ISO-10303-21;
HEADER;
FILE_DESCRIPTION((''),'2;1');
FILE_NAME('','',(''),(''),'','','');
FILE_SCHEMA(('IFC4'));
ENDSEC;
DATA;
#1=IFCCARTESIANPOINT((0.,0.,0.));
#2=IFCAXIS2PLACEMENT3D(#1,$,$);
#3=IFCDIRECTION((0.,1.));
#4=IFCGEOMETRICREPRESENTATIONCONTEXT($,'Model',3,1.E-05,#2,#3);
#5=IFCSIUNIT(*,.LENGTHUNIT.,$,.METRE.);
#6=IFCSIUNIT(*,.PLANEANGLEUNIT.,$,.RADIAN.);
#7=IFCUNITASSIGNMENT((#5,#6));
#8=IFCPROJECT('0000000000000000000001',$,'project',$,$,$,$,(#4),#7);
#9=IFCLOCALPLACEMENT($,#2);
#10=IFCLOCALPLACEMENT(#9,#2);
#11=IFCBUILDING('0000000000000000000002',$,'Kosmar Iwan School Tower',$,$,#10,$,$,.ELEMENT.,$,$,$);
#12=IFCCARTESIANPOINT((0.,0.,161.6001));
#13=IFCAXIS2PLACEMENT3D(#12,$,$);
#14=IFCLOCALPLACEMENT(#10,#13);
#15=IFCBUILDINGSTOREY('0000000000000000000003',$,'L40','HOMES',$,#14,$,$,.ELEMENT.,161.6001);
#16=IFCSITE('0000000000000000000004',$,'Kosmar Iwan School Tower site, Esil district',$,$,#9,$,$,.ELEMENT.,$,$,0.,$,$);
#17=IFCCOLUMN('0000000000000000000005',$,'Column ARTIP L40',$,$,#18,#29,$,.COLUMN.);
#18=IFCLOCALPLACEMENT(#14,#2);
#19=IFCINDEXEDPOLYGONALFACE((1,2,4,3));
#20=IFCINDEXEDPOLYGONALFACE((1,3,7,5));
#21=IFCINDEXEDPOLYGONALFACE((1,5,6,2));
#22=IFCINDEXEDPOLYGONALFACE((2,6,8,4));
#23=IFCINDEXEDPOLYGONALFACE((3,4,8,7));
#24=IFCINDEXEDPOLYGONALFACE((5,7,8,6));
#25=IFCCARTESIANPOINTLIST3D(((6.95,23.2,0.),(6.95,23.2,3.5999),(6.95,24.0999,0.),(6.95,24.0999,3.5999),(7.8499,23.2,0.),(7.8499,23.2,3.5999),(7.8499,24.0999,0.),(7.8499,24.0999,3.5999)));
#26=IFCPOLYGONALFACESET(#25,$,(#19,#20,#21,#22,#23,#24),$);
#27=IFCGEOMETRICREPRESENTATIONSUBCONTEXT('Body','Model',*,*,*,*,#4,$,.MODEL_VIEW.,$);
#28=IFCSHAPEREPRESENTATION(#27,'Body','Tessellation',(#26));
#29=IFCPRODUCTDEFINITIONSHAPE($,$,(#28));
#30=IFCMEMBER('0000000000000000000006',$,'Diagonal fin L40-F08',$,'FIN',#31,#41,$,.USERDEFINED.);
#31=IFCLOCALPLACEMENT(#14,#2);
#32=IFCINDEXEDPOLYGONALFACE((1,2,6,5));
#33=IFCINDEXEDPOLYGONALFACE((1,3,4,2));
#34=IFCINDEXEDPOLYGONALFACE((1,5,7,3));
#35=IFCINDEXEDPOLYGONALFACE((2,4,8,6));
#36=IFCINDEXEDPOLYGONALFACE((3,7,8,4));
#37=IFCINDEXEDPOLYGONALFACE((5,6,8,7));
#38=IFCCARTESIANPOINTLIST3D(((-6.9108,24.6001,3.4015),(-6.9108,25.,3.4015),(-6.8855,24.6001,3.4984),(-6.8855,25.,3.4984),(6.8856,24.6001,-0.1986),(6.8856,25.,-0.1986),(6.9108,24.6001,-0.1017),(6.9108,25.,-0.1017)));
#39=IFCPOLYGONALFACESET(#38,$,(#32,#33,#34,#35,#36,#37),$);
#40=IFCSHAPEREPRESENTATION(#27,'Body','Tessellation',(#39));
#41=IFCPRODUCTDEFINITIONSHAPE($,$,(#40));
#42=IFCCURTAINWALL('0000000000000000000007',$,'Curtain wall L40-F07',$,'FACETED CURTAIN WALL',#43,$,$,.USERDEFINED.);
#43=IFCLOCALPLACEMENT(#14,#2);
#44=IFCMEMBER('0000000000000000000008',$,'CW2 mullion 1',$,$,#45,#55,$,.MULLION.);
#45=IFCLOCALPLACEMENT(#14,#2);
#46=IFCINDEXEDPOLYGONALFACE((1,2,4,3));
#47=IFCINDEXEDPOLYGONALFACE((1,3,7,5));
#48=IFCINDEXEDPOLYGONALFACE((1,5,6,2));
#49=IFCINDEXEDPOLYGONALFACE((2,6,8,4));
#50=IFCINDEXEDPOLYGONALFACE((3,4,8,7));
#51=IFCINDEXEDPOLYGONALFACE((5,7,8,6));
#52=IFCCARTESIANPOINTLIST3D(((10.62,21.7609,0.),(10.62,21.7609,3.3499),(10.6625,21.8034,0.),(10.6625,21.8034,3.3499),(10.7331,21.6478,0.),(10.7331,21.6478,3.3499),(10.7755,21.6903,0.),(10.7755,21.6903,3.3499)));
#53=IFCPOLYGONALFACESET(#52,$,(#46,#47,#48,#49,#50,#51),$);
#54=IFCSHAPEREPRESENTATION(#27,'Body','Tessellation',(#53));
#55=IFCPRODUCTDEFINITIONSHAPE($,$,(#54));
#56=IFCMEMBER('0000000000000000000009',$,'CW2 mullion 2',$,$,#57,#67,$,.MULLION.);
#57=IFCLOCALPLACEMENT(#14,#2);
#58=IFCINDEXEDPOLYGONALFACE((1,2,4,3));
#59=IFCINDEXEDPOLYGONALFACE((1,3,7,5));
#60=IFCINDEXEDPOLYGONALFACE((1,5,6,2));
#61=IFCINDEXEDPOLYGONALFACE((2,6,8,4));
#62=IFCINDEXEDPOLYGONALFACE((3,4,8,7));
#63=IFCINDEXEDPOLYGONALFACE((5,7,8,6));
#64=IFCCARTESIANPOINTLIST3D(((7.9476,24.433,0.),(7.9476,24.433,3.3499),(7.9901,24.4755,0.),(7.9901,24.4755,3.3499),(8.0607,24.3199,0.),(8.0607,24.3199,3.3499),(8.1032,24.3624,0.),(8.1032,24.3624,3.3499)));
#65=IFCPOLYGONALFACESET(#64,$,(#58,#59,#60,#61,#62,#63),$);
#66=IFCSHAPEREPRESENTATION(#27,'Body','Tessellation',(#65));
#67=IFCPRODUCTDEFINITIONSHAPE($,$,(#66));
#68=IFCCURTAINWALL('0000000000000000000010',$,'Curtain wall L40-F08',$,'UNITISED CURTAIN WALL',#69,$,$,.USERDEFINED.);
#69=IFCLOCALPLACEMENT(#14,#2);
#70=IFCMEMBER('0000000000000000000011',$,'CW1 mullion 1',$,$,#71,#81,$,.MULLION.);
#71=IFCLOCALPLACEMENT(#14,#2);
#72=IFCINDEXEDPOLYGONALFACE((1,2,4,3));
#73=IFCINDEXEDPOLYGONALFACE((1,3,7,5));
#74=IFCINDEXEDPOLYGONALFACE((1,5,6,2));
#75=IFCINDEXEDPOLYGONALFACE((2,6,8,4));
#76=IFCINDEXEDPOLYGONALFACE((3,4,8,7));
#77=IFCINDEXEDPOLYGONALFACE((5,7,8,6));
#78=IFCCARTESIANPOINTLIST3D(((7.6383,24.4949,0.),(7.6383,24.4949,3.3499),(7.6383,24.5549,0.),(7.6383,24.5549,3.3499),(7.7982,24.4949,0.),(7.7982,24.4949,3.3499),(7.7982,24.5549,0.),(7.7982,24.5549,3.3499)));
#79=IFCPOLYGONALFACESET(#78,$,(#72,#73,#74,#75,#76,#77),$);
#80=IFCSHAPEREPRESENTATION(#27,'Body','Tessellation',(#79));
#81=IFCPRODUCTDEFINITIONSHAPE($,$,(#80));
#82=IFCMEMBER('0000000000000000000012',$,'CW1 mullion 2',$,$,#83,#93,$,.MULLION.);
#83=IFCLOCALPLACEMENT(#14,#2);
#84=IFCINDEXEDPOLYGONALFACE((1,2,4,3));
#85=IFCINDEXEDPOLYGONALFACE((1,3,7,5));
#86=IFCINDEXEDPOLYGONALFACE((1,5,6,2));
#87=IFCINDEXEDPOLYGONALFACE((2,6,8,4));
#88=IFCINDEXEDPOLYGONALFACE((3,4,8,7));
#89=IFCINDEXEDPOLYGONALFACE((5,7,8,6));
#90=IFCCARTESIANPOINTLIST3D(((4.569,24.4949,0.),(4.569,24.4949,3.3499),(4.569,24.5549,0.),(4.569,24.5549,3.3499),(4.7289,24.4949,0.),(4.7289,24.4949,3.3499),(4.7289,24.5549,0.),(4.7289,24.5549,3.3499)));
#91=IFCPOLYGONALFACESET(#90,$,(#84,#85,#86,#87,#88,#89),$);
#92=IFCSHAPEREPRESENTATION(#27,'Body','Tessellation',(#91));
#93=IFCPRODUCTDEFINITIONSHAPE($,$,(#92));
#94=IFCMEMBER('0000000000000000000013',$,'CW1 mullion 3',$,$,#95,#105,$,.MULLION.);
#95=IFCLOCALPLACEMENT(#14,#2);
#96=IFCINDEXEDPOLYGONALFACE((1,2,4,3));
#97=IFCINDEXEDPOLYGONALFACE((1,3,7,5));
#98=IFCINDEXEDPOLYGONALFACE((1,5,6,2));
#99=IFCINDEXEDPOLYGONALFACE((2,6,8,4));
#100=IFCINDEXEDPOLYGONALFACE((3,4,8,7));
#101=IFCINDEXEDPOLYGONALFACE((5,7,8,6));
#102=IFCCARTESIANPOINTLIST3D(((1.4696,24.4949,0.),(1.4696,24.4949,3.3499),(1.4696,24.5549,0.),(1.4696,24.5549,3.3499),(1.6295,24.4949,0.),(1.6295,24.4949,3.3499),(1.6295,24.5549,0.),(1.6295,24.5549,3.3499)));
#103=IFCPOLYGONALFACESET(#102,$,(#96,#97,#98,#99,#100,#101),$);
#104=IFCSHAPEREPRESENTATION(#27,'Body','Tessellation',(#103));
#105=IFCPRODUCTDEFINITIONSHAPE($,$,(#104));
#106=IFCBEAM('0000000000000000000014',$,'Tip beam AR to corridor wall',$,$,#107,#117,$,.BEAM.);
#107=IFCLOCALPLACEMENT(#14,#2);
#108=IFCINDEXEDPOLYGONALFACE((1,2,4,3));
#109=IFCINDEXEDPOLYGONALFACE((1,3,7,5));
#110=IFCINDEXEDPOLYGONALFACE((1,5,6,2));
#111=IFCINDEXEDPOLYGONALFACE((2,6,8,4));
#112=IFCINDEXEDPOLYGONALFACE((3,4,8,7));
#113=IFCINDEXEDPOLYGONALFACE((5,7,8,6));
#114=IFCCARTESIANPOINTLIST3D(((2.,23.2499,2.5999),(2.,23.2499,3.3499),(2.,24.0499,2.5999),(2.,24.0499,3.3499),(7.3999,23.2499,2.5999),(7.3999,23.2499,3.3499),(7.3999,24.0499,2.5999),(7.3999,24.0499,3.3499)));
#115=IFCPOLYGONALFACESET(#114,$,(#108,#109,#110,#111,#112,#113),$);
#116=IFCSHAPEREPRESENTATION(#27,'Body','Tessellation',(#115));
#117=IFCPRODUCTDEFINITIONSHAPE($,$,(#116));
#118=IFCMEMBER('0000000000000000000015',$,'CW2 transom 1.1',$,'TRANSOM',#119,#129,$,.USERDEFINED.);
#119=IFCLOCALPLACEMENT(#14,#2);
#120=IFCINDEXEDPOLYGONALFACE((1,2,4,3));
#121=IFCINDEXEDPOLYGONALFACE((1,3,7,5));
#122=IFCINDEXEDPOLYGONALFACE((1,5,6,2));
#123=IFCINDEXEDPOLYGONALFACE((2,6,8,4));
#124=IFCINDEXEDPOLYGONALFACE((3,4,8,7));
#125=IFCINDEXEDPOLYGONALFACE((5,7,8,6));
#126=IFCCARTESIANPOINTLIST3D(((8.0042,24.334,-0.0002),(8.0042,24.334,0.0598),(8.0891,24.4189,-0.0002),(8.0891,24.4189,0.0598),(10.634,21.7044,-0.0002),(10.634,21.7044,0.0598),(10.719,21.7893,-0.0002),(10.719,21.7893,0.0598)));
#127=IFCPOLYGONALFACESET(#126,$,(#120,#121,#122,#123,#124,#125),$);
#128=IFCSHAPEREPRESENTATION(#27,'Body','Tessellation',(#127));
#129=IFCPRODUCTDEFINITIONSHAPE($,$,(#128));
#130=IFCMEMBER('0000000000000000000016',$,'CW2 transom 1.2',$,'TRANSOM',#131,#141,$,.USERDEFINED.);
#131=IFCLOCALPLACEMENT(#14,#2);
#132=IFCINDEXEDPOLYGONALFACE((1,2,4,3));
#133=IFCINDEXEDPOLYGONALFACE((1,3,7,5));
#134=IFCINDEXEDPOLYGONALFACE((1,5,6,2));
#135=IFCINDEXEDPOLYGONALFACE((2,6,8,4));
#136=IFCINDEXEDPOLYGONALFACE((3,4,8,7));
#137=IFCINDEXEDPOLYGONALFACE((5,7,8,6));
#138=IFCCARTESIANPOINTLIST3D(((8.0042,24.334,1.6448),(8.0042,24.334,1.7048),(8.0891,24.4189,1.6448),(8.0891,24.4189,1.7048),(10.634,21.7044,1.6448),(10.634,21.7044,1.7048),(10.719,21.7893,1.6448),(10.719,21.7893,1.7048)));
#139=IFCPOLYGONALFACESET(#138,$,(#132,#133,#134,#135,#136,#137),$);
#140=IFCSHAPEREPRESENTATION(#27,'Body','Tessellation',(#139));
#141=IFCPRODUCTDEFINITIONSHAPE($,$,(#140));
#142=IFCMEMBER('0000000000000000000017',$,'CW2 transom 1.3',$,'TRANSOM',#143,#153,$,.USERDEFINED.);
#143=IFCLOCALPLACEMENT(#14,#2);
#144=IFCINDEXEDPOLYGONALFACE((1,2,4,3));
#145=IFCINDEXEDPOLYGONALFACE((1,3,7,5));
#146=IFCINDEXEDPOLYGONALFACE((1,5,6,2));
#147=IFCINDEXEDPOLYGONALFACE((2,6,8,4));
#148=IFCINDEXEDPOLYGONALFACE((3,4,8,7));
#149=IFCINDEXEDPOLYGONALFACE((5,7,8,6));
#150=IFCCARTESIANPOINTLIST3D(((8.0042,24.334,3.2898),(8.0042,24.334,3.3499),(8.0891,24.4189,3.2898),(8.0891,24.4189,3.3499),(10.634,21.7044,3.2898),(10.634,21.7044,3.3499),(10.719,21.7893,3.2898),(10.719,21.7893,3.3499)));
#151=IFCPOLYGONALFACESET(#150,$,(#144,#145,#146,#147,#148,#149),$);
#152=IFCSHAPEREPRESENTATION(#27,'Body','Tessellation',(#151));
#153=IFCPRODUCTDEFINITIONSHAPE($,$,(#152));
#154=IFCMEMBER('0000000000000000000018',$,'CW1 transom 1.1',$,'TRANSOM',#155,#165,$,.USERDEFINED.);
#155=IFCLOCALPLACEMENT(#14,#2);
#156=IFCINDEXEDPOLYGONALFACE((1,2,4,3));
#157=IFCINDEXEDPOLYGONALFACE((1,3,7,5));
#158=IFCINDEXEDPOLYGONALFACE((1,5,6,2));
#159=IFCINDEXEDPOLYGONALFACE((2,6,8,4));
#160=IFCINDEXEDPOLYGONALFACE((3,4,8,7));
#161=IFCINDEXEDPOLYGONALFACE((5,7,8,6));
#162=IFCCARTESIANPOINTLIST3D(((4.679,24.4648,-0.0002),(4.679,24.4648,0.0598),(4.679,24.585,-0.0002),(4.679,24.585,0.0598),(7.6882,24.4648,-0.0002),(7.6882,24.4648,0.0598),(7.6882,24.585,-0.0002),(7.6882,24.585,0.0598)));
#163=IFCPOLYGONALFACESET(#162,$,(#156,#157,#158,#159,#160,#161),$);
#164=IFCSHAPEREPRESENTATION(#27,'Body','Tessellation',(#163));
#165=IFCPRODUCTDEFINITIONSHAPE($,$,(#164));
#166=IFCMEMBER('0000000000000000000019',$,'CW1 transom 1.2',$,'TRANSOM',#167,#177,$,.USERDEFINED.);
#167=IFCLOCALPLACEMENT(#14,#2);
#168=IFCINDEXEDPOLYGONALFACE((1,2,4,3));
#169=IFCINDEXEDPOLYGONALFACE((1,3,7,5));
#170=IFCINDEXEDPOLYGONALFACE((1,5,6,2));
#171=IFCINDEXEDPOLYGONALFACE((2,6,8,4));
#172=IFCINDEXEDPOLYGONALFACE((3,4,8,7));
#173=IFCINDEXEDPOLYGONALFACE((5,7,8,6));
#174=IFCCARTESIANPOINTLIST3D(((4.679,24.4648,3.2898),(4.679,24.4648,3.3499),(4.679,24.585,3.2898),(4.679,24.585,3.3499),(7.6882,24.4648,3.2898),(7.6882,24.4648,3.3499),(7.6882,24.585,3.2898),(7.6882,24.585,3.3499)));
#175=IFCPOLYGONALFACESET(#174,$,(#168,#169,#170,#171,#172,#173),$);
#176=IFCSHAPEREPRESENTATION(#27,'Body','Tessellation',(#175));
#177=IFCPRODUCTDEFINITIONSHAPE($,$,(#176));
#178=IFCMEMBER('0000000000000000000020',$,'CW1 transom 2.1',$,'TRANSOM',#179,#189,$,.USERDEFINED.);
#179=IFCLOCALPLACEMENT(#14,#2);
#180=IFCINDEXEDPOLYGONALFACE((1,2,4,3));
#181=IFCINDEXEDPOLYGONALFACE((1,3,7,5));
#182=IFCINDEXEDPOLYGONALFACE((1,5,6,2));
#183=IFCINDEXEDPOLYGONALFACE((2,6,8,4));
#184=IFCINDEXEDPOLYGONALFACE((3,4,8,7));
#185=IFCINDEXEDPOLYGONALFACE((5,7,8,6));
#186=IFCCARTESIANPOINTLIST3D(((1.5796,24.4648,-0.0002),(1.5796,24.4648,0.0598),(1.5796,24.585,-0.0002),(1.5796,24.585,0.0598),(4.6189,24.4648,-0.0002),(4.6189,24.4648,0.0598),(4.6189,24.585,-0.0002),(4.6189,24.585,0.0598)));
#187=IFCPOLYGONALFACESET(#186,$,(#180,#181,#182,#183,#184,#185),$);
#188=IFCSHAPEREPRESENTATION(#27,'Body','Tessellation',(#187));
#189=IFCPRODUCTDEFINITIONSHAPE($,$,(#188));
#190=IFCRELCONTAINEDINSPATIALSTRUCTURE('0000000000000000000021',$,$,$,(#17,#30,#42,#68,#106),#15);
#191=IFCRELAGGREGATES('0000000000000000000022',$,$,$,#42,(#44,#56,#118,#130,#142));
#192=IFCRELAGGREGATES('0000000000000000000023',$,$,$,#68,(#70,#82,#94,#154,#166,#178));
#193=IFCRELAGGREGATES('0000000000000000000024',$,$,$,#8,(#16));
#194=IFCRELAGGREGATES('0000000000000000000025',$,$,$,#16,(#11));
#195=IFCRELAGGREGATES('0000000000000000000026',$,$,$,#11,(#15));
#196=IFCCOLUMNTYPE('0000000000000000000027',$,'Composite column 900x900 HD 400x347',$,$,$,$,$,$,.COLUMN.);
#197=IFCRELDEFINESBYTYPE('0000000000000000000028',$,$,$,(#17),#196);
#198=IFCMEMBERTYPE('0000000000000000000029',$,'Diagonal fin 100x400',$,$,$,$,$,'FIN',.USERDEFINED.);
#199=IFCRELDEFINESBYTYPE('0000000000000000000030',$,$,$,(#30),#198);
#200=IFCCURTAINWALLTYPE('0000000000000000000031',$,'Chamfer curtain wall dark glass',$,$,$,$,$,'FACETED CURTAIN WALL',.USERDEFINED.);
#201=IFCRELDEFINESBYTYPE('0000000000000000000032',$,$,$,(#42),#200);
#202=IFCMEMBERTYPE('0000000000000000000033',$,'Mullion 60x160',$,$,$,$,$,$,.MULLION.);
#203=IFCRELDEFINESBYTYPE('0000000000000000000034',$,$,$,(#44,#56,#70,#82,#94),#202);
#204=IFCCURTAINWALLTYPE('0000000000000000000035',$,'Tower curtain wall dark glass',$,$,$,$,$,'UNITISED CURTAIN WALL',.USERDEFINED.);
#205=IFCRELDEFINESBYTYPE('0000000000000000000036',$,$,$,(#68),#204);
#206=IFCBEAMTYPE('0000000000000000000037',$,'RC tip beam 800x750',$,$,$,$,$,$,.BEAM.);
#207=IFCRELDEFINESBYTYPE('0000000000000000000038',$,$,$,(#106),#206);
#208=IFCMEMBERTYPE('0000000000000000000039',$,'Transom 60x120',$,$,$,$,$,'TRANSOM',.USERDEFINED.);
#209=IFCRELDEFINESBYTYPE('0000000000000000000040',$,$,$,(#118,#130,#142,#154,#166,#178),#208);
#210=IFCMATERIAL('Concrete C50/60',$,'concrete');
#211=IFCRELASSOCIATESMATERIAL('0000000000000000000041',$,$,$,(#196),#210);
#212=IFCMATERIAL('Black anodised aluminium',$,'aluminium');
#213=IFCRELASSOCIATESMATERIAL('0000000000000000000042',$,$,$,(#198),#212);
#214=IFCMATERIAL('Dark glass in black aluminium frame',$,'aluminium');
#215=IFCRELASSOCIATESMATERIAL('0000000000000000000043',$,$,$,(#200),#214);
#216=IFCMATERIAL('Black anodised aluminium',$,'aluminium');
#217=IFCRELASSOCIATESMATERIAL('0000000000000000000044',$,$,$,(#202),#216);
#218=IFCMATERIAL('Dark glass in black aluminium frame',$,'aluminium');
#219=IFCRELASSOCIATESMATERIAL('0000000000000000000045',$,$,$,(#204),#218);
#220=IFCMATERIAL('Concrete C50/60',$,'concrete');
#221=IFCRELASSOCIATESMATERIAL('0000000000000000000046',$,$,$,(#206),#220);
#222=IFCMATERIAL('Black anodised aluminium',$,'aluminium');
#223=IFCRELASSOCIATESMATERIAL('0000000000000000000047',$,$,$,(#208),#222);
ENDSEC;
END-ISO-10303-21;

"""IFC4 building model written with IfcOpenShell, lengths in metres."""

from ifc_helpers import new_model, si_unit, direction, frame, origin, origin_2d, place, context, subcontext, project, spatial, rectangle, extrude, material, material_profile, profile_set, type_object, element, aggregate, save


model = new_model("IFC4")

# Units and contexts
model_context = context("Model", 3, precision=1e-05, world=origin(), true_north=direction((0.0, 1.0)))
body_context = subcontext(model_context, "Body", "Model", "MODEL_VIEW")
ifc_project = project(units=[si_unit("LENGTHUNIT", "METRE"), si_unit("PLANEANGLEUNIT", "RADIAN")], contexts=[model_context])

# Site, building, storey
site_placement = place(None, origin())
site = spatial("IfcSite", under=ifc_project, at=site_placement, Name="Kosmar Iwan School Tower site, Esil district", CompositionType="ELEMENT", RefElevation=0.0)
building_placement = place(site_placement, origin())
building = spatial("IfcBuilding", under=site, at=building_placement, Name="Kosmar Iwan School Tower", CompositionType="ELEMENT")
storey_placement = place(building_placement, frame((0.0, 0.0, 161.6001)))
storey = spatial("IfcBuildingStorey", under=building, at=storey_placement, Name="L40", Description="HOMES", CompositionType="ELEMENT", Elevation=161.6001)

# Column
ifc_material_1 = material(Name="Concrete C50/60", Category="concrete")
ifc_material_profile_1 = material_profile(ifc_material_1, rectangle(XDim=0.8999, YDim=0.8999, at=origin_2d()), Name="RC 900x900 + HD 400x347")
ifc_profile_set_1 = profile_set([ifc_material_profile_1], Name="Concrete C50/60")
column_type = type_object("IfcColumnType", Name="Composite column 900x900 HD 400x347", PredefinedType="COLUMN", material=ifc_profile_set_1)
column_placement = place(storey_placement, frame((7.3999, 23.6499, 0.0), z_axis=(0.0, 0.0, 1.0), x_axis=(0.0, 1.0, 0.0)))
element("IfcColumn", 1, at=column_placement, inside=storey, type_object=column_type, Name="Column ARTIP L40", PredefinedType="COLUMN", context=body_context, shape_type="SweptSolid", body=[
    extrude(rectangle(XDim=0.8999, YDim=0.8999, at=origin_2d()), origin(), (0.0, 0.0, 1.0), 3.5999),
])

# Member
ifc_material_2 = material(Name="Black anodised aluminium", Category="aluminium")
ifc_material_profile_2 = material_profile(ifc_material_2, rectangle(XDim=0.1001, YDim=0.3999, at=origin_2d()), Name="FIN 100x400")
ifc_profile_set_2 = profile_set([ifc_material_profile_2], Name="Black anodised aluminium")
member_type_1 = type_object("IfcMemberType", Name="Diagonal fin 100x400", ElementType="FIN", PredefinedType="USERDEFINED", material=ifc_profile_set_2)
member_1_placement = place(storey_placement, frame((6.8982, 24.8, -0.1501), z_axis=(-0.967599, 0.0, 0.25249), x_axis=(0.25249, 0.0, 0.967599)))
element("IfcMember", 2, at=member_1_placement, inside=storey, type_object=member_type_1, Name="Diagonal fin L40-F08", ObjectType="FIN", PredefinedType="USERDEFINED", context=body_context, shape_type="SweptSolid", body=[
    extrude(rectangle(XDim=0.1001, YDim=0.3999, at=origin_2d()), origin(), (0.0, 0.0, 1.0), 14.2583),
])

# Curtain walls, members
ifc_material_3 = material(Name="Dark glass in black aluminium frame", Category="aluminium")
curtain_wall_type_1 = type_object("IfcCurtainWallType", Name="Chamfer curtain wall dark glass", ElementType="FACETED CURTAIN WALL", PredefinedType="USERDEFINED", material=ifc_material_3)
curtain_wall_1_placement = place(storey_placement, origin())
curtain_wall_1 = element("IfcCurtainWall", 3, at=curtain_wall_1_placement, inside=storey, type_object=curtain_wall_type_1, Name="Curtain wall L40-F07", ObjectType="FACETED CURTAIN WALL", PredefinedType="USERDEFINED")
ifc_material_4 = material(Name="Black anodised aluminium", Category="aluminium")
ifc_material_profile_3 = material_profile(ifc_material_4, rectangle(XDim=0.0601, YDim=0.1599, at=origin_2d()), Name="MULLION 60x160")
ifc_profile_set_3 = profile_set([ifc_material_profile_3], Name="Black anodised aluminium")
member_type_2 = type_object("IfcMemberType", Name="Mullion 60x160", PredefinedType="MULLION", material=ifc_profile_set_3)
member_2_placement = place(storey_placement, frame((10.6978, 21.7256, 0.0), z_axis=(0.0, 0.0, 1.0), x_axis=(-0.707107, -0.707107, 0.0)))
member_2 = element("IfcMember", 4, at=member_2_placement, type_object=member_type_2, Name="CW2 mullion 1", PredefinedType="MULLION", context=body_context, shape_type="SweptSolid", body=[
    extrude(rectangle(XDim=0.0601, YDim=0.1599, at=origin_2d()), origin(), (0.0, 0.0, 1.0), 3.3499),
])
member_3_placement = place(storey_placement, frame((8.0254, 24.3977, 0.0), z_axis=(0.0, 0.0, 1.0), x_axis=(-0.707107, -0.707107, 0.0)))
member_3 = element("IfcMember", 5, at=member_3_placement, type_object=member_type_2, Name="CW2 mullion 2", PredefinedType="MULLION", context=body_context, shape_type="SweptSolid", body=[
    extrude(rectangle(XDim=0.0601, YDim=0.1599, at=origin_2d()), origin(), (0.0, 0.0, 1.0), 3.3499),
])
ifc_material_5 = material(Name="Dark glass in black aluminium frame", Category="aluminium")
curtain_wall_type_2 = type_object("IfcCurtainWallType", Name="Tower curtain wall dark glass", ElementType="UNITISED CURTAIN WALL", PredefinedType="USERDEFINED", material=ifc_material_5)
curtain_wall_2_placement = place(storey_placement, origin())
curtain_wall_2 = element("IfcCurtainWall", 6, at=curtain_wall_2_placement, inside=storey, type_object=curtain_wall_type_2, Name="Curtain wall L40-F08", ObjectType="UNITISED CURTAIN WALL", PredefinedType="USERDEFINED")
member_4_placement = place(storey_placement, frame((7.7183, 24.5249, 0.0), z_axis=(0.0, 0.0, 1.0), x_axis=(0.0, -1.0, 0.0)))
member_4 = element("IfcMember", 7, at=member_4_placement, type_object=member_type_2, Name="CW1 mullion 1", PredefinedType="MULLION", context=body_context, shape_type="SweptSolid", body=[
    extrude(rectangle(XDim=0.0601, YDim=0.1599, at=origin_2d()), origin(), (0.0, 0.0, 1.0), 3.3499),
])
member_5_placement = place(storey_placement, frame((4.6489, 24.5249, 0.0), z_axis=(0.0, 0.0, 1.0), x_axis=(0.0, -1.0, 0.0)))
member_5 = element("IfcMember", 8, at=member_5_placement, type_object=member_type_2, Name="CW1 mullion 2", PredefinedType="MULLION", context=body_context, shape_type="SweptSolid", body=[
    extrude(rectangle(XDim=0.0601, YDim=0.1599, at=origin_2d()), origin(), (0.0, 0.0, 1.0), 3.3499),
])
member_6_placement = place(storey_placement, frame((1.5496, 24.5249, 0.0), z_axis=(0.0, 0.0, 1.0), x_axis=(0.0, -1.0, 0.0)))
member_6 = element("IfcMember", 9, at=member_6_placement, type_object=member_type_2, Name="CW1 mullion 3", PredefinedType="MULLION", context=body_context, shape_type="SweptSolid", body=[
    extrude(rectangle(XDim=0.0601, YDim=0.1599, at=origin_2d()), origin(), (0.0, 0.0, 1.0), 3.3499),
])

# Beam
ifc_material_6 = material(Name="Concrete C50/60", Category="concrete")
ifc_material_profile_4 = material_profile(ifc_material_6, rectangle(XDim=0.8, YDim=0.75, at=origin_2d()), Name="RC 800x750")
ifc_profile_set_4 = profile_set([ifc_material_profile_4], Name="Concrete C50/60")
beam_type = type_object("IfcBeamType", Name="RC tip beam 800x750", PredefinedType="BEAM", material=ifc_profile_set_4)
beam_placement = place(storey_placement, frame((7.3999, 23.6499, 2.9749), z_axis=(-1.0, 0.0, 0.0), x_axis=(0.0, -1.0, 0.0)))
element("IfcBeam", 10, at=beam_placement, inside=storey, type_object=beam_type, Name="Tip beam AR to corridor wall", PredefinedType="BEAM", context=body_context, shape_type="SweptSolid", body=[
    extrude(rectangle(XDim=0.8, YDim=0.75, at=origin_2d()), origin(), (0.0, 0.0, 1.0), 5.3999),
])

# Members
ifc_material_7 = material(Name="Black anodised aluminium", Category="aluminium")
ifc_material_profile_5 = material_profile(ifc_material_7, rectangle(XDim=0.1201, YDim=0.0601, at=origin_2d()), Name="TRANSOM 60x120")
ifc_profile_set_5 = profile_set([ifc_material_profile_5], Name="Black anodised aluminium")
member_type_3 = type_object("IfcMemberType", Name="Transom 60x120", ElementType="TRANSOM", PredefinedType="USERDEFINED", material=ifc_profile_set_5)
member_7_placement = place(storey_placement, frame((10.6765, 21.7468, 0.0298), z_axis=(-0.70714, 0.707074, 0.0), x_axis=(-0.707074, -0.70714, 0.0)))
member_7 = element("IfcMember", 11, at=member_7_placement, type_object=member_type_3, Name="CW2 transom 1.1", ObjectType="TRANSOM", PredefinedType="USERDEFINED", context=body_context, shape_type="SweptSolid", body=[
    extrude(rectangle(XDim=0.1201, YDim=0.0601, at=origin_2d()), origin(), (0.0, 0.0, 1.0), 3.719),
])
member_8_placement = place(storey_placement, frame((10.6765, 21.7468, 1.6748), z_axis=(-0.70714, 0.707074, 0.0), x_axis=(-0.707074, -0.70714, 0.0)))
member_8 = element("IfcMember", 12, at=member_8_placement, type_object=member_type_3, Name="CW2 transom 1.2", ObjectType="TRANSOM", PredefinedType="USERDEFINED", context=body_context, shape_type="SweptSolid", body=[
    extrude(rectangle(XDim=0.1201, YDim=0.0601, at=origin_2d()), origin(), (0.0, 0.0, 1.0), 3.719),
])
member_9_placement = place(storey_placement, frame((10.6765, 21.7468, 3.3198), z_axis=(-0.70714, 0.707074, 0.0), x_axis=(-0.707074, -0.70714, 0.0)))
member_9 = element("IfcMember", 13, at=member_9_placement, type_object=member_type_3, Name="CW2 transom 1.3", ObjectType="TRANSOM", PredefinedType="USERDEFINED", context=body_context, shape_type="SweptSolid", body=[
    extrude(rectangle(XDim=0.1201, YDim=0.0601, at=origin_2d()), origin(), (0.0, 0.0, 1.0), 3.719),
])
member_10_placement = place(storey_placement, frame((7.6882, 24.5249, 0.0298), z_axis=(-1.0, 0.0, 0.0), x_axis=(0.0, -1.0, 0.0)))
member_10 = element("IfcMember", 14, at=member_10_placement, type_object=member_type_3, Name="CW1 transom 1.1", ObjectType="TRANSOM", PredefinedType="USERDEFINED", context=body_context, shape_type="SweptSolid", body=[
    extrude(rectangle(XDim=0.1201, YDim=0.0601, at=origin_2d()), origin(), (0.0, 0.0, 1.0), 3.0093),
])
member_11_placement = place(storey_placement, frame((7.6882, 24.5249, 3.3198), z_axis=(-1.0, 0.0, 0.0), x_axis=(0.0, -1.0, 0.0)))
member_11 = element("IfcMember", 15, at=member_11_placement, type_object=member_type_3, Name="CW1 transom 1.2", ObjectType="TRANSOM", PredefinedType="USERDEFINED", context=body_context, shape_type="SweptSolid", body=[
    extrude(rectangle(XDim=0.1201, YDim=0.0601, at=origin_2d()), origin(), (0.0, 0.0, 1.0), 3.0093),
])
member_12_placement = place(storey_placement, frame((4.6189, 24.5249, 0.0298), z_axis=(-1.0, 0.0, 0.0), x_axis=(0.0, -1.0, 0.0)))
member_12 = element("IfcMember", 16, at=member_12_placement, type_object=member_type_3, Name="CW1 transom 2.1", ObjectType="TRANSOM", PredefinedType="USERDEFINED", context=body_context, shape_type="SweptSolid", body=[
    extrude(rectangle(XDim=0.1201, YDim=0.0601, at=origin_2d()), origin(), (0.0, 0.0, 1.0), 3.0393),
])

aggregate(curtain_wall_1, [member_2, member_3, member_7, member_8, member_9])
aggregate(curtain_wall_2, [member_4, member_5, member_6, member_10, member_11, member_12])

save(model, "model.ifc")
